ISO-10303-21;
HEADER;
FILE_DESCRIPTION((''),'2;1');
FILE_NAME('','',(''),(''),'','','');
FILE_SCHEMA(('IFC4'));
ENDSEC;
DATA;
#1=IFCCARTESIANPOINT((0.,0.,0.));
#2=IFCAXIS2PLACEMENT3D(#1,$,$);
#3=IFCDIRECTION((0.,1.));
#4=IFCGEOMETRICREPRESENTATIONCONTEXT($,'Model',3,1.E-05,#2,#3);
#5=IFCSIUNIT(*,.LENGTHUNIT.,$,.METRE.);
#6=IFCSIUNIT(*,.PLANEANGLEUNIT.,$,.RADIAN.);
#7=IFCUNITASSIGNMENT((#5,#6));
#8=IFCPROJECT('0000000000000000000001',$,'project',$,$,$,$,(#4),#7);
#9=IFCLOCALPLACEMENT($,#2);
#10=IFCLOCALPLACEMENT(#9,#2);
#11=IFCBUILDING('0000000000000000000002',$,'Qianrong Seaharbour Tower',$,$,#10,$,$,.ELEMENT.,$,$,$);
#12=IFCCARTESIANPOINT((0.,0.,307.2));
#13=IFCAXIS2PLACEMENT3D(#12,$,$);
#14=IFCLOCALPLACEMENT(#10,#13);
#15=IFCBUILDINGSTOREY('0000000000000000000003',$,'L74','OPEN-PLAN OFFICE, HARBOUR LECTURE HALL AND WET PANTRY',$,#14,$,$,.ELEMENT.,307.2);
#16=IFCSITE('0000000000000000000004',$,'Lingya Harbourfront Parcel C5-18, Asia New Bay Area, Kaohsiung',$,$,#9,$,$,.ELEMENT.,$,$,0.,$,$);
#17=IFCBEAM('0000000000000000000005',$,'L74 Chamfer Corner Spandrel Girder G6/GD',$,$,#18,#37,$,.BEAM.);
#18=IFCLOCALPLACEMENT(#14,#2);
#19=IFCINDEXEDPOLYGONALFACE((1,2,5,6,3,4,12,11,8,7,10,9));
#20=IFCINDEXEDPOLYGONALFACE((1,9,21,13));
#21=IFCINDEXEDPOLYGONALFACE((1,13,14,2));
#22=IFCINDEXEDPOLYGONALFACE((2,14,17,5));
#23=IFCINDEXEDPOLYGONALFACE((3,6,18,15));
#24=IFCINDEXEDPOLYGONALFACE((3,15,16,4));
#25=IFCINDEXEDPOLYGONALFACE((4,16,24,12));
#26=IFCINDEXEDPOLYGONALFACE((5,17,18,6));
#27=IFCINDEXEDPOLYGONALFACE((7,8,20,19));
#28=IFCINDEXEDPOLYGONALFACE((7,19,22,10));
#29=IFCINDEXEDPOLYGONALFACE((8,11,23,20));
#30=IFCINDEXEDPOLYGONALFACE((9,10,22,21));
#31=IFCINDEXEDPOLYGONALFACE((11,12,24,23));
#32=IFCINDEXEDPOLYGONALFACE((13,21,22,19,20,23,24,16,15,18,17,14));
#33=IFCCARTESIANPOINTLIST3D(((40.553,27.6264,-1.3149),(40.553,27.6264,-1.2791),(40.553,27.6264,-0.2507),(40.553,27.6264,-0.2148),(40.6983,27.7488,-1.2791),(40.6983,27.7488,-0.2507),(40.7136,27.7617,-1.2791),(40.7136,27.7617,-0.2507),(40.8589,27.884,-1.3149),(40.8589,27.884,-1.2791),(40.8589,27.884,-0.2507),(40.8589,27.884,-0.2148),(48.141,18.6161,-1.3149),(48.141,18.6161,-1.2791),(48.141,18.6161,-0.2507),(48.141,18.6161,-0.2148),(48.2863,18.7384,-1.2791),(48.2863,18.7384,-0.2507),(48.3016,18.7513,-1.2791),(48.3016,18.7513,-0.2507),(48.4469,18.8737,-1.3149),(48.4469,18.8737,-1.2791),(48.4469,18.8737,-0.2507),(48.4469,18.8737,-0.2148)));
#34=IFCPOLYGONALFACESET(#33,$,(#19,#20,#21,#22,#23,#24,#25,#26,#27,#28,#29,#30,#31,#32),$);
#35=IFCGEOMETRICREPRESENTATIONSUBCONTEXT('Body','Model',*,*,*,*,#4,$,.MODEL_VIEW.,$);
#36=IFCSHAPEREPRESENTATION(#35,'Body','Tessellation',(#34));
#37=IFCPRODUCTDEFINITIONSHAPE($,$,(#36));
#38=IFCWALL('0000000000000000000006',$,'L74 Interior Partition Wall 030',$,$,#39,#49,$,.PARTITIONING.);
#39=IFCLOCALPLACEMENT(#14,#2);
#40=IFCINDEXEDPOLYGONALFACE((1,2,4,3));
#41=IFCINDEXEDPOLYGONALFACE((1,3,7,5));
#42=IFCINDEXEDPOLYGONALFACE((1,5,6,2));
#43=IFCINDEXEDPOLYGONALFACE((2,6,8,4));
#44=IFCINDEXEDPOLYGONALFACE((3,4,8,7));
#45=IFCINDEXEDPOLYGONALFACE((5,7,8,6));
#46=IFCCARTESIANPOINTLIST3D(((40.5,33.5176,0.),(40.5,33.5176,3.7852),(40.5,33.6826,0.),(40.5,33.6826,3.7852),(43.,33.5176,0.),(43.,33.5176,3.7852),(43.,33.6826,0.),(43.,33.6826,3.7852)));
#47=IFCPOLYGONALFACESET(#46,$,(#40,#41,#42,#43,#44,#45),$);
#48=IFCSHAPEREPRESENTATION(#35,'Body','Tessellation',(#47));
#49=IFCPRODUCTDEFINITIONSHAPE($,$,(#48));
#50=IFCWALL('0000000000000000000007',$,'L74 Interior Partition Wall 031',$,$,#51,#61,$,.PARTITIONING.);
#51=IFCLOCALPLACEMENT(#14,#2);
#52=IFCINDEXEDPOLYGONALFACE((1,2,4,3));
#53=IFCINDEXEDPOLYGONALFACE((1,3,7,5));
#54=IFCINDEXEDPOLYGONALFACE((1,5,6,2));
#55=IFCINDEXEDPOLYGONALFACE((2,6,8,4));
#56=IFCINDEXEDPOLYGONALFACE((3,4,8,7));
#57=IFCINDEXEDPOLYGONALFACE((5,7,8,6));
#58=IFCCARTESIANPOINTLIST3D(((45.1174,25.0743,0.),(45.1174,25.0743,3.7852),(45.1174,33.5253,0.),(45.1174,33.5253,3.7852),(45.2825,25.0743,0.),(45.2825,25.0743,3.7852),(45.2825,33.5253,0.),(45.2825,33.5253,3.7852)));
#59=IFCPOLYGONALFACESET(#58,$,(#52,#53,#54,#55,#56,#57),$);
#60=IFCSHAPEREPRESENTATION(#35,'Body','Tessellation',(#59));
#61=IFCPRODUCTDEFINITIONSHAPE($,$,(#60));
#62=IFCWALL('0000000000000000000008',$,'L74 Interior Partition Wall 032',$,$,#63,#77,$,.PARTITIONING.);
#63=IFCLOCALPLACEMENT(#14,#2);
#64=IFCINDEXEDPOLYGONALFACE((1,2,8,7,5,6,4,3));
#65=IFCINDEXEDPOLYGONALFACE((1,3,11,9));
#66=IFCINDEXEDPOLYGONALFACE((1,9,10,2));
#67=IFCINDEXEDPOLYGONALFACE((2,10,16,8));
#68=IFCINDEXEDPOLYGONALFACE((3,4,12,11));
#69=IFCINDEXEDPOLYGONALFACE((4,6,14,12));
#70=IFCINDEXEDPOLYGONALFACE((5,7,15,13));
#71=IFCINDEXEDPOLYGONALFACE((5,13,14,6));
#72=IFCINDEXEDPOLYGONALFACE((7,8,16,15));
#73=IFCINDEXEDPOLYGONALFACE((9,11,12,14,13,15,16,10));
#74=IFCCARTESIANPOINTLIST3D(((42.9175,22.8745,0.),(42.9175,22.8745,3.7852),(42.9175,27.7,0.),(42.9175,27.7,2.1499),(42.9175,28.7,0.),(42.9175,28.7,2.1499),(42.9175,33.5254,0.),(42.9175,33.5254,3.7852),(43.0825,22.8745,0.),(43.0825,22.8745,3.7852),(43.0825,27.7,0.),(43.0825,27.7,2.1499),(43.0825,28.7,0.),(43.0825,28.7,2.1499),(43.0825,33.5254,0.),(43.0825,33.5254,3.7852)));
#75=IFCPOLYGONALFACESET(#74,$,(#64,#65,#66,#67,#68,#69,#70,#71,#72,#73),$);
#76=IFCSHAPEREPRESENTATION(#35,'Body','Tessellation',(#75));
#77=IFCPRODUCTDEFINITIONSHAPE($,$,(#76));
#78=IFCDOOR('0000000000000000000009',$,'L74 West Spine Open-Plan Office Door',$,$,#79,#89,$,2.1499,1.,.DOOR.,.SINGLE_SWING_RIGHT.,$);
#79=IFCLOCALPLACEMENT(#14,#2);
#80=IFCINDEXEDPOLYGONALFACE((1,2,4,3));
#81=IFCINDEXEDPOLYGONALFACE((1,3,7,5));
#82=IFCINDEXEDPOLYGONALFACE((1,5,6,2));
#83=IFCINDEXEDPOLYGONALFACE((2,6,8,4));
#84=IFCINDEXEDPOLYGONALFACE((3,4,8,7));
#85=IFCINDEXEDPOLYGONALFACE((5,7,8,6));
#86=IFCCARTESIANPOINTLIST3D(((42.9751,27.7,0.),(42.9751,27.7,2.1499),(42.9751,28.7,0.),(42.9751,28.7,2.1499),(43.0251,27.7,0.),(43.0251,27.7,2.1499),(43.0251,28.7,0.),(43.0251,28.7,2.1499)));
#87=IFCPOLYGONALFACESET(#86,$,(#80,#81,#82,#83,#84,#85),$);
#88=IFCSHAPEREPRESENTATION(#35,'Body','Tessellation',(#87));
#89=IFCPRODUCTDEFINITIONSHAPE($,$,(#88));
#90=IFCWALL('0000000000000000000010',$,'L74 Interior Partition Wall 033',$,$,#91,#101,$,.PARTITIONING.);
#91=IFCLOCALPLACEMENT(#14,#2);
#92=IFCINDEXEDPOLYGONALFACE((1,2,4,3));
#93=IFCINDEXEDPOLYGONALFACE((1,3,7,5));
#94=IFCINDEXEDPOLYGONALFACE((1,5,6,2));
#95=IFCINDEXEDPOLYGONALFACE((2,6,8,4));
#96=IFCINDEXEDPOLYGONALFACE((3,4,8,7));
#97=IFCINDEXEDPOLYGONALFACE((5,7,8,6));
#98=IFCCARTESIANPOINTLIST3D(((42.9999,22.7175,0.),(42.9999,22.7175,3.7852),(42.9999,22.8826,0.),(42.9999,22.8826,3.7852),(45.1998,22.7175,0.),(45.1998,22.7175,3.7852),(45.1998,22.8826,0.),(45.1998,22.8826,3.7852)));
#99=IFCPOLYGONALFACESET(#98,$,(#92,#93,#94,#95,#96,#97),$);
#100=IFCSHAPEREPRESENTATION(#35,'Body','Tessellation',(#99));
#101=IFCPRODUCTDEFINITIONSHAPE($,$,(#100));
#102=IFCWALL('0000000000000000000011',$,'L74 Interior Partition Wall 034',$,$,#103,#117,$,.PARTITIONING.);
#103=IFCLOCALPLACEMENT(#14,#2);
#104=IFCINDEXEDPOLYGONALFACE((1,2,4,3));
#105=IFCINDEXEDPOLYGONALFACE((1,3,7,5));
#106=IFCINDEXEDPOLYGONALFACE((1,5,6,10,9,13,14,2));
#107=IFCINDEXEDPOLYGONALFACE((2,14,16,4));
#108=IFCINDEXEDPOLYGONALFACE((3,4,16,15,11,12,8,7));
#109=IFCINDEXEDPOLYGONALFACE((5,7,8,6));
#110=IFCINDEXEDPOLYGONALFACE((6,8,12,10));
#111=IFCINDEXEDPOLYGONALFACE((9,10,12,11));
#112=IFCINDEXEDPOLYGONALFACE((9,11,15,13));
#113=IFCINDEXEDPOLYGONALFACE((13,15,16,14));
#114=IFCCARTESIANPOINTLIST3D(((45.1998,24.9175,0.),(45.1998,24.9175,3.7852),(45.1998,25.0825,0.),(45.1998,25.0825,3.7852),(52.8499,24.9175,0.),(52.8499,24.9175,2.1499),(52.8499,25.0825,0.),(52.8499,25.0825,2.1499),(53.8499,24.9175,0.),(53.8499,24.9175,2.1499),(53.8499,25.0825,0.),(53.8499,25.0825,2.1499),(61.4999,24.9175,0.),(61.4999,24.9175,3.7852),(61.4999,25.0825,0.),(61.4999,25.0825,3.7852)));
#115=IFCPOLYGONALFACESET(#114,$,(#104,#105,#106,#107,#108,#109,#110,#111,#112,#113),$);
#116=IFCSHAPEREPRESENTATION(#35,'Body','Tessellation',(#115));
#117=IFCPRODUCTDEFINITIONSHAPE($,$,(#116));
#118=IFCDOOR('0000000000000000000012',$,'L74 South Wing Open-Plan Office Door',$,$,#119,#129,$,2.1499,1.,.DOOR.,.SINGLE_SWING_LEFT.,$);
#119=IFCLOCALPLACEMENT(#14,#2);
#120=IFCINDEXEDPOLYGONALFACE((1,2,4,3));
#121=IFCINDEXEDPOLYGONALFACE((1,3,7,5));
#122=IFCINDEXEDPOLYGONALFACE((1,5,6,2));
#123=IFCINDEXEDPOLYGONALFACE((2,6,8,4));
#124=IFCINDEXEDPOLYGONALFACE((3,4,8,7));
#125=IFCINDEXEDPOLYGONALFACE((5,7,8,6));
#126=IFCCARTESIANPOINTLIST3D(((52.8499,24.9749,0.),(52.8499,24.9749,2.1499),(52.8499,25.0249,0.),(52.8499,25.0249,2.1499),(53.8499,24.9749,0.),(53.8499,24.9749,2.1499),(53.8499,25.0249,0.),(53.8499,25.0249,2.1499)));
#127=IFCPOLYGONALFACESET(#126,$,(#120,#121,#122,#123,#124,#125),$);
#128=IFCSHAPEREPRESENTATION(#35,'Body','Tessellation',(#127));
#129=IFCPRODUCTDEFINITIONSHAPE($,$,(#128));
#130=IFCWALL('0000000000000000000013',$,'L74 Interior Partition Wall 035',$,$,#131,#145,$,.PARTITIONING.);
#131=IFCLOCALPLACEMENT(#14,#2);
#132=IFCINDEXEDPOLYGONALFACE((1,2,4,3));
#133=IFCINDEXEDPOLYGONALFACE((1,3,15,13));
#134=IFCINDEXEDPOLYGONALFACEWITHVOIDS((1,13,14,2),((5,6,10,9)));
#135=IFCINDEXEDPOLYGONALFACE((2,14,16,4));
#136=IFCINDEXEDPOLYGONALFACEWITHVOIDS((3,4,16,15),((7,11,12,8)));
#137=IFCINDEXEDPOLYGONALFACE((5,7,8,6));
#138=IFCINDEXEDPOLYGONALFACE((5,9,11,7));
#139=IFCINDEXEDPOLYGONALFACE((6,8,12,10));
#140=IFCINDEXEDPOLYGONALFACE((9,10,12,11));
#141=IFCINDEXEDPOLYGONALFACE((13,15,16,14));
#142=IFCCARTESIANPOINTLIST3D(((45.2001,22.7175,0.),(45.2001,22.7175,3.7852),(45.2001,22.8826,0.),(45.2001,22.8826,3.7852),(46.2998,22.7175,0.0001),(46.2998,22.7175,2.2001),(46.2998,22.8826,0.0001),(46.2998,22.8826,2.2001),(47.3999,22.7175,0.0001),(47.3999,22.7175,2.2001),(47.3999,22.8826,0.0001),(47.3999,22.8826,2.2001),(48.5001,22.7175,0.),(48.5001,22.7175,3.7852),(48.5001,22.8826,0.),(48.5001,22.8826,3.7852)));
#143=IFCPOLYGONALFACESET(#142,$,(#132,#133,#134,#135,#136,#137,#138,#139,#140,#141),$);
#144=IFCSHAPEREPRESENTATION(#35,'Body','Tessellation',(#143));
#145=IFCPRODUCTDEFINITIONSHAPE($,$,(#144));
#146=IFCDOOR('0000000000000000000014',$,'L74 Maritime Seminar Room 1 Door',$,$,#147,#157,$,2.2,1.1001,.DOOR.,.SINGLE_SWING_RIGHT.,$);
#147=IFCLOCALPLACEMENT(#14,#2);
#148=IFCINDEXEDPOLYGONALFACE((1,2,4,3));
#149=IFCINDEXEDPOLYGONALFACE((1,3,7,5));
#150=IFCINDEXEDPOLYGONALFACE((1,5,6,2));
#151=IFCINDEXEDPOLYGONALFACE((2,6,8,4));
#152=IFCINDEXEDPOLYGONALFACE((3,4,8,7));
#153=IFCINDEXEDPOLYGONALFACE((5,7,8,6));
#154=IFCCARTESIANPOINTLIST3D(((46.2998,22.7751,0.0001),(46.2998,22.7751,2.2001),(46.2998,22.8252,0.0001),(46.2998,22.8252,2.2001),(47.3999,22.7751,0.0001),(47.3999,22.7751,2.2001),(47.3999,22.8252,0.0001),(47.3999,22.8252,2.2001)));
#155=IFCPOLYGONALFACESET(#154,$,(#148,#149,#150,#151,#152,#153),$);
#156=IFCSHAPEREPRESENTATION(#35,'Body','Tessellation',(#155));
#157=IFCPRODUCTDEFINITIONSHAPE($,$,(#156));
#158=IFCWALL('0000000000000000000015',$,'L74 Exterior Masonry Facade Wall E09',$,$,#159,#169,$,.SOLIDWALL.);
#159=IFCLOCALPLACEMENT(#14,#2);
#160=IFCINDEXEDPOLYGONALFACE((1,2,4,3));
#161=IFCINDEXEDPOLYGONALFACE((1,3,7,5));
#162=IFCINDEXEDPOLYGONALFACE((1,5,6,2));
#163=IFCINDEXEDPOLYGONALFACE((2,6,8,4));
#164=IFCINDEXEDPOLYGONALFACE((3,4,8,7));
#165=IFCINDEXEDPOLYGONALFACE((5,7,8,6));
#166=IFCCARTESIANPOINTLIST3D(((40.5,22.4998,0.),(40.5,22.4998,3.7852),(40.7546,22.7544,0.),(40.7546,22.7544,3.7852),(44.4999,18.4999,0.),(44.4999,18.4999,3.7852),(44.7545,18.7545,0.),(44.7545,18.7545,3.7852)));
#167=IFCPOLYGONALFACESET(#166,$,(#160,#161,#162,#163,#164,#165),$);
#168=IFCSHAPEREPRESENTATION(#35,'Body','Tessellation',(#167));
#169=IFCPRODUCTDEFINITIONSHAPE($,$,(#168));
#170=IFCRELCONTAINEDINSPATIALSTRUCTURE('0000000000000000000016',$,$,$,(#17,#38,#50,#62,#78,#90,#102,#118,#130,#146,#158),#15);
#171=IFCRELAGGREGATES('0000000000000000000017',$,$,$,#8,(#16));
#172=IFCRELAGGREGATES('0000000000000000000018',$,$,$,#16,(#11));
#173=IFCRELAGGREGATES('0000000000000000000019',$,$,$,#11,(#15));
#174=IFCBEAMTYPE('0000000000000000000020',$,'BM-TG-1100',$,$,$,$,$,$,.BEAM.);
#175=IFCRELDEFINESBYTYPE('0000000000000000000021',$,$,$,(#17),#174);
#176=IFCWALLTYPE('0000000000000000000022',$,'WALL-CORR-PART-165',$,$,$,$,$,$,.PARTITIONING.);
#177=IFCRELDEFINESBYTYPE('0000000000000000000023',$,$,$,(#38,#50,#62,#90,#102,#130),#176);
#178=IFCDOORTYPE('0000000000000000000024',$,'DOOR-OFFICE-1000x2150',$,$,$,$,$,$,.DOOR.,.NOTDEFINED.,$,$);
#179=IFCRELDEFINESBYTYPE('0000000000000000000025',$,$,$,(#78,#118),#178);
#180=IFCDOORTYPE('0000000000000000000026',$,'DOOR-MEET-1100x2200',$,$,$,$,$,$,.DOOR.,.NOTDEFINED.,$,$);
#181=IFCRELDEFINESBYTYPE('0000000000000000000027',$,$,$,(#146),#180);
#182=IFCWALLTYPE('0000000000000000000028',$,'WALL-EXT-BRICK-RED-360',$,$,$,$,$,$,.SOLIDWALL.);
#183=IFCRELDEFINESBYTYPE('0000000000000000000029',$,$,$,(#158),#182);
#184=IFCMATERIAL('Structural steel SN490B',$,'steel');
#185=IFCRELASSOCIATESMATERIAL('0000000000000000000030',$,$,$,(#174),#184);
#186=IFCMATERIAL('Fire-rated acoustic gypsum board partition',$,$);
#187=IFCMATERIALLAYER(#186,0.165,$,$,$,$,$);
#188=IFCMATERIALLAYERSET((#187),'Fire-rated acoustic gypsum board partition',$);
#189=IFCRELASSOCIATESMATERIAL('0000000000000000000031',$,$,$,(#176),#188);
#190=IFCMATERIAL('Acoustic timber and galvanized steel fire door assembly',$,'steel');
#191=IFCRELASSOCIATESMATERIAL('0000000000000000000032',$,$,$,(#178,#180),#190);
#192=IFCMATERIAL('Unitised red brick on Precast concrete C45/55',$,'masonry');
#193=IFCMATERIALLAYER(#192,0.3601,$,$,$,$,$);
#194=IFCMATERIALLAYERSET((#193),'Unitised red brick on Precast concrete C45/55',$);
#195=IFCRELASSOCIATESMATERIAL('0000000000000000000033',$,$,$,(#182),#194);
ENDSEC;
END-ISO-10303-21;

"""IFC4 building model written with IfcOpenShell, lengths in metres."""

from ifc_helpers import new_model, si_unit, direction, frame, frame_2d, origin, origin_2d, place, context, subcontext, project, spatial, rectangle, i_section, extrude, material, layer, layer_set, material_profile, profile_set, type_object, element, fill, save


model = new_model("IFC4")

# Units and contexts
model_context = context("Model", 3, precision=1e-05, world=origin(), true_north=direction((0.0, 1.0)))
body_context = subcontext(model_context, "Body", "Model", "MODEL_VIEW")
ifc_project = project(units=[si_unit("LENGTHUNIT", "METRE"), si_unit("PLANEANGLEUNIT", "RADIAN")], contexts=[model_context])

# Site, building, storey
site_placement = place(None, origin())
site = spatial("IfcSite", under=ifc_project, at=site_placement, Name="Lingya Harbourfront Parcel C5-18, Asia New Bay Area, Kaohsiung", CompositionType="ELEMENT", RefElevation=0.0)
building_placement = place(site_placement, origin())
building = spatial("IfcBuilding", under=site, at=building_placement, Name="Qianrong Seaharbour Tower", CompositionType="ELEMENT")
storey_placement = place(building_placement, frame((0.0, 0.0, 307.2)))
storey = spatial("IfcBuildingStorey", under=building, at=storey_placement, Name="L74", Description="OPEN-PLAN OFFICE, HARBOUR LECTURE HALL AND WET PANTRY", CompositionType="ELEMENT", Elevation=307.2)

# Beam
ifc_material_1 = material(Name="Structural steel SN490B", Category="steel")
ifc_material_profile_1 = material_profile(ifc_material_1, i_section(OverallWidth=0.3999, OverallDepth=1.1001, WebThickness=0.02, FlangeThickness=0.0359, at=origin_2d()), Name="BH1100x400x20x36")
ifc_profile_set_1 = profile_set([ifc_material_profile_1], Name="Structural steel SN490B")
beam_type_1 = type_object("IfcBeamType", Name="BM-TG-1100", PredefinedType="BEAM", material=ifc_profile_set_1)
beam_1_placement = place(storey_placement, frame((48.2939, 18.7449, -0.7649), z_axis=(-0.644151, 0.764898, 0.0), x_axis=(-0.764898, -0.644151, 0.0)))
element("IfcBeam", 1, at=beam_1_placement, inside=storey, type_object=beam_type_1, Name="L74 Chamfer Corner Spandrel Girder G6/GD", PredefinedType="BEAM", context=body_context, shape_type="SweptSolid", body=[
    extrude(i_section(OverallWidth=0.3999, OverallDepth=1.1001, WebThickness=0.02, FlangeThickness=0.0359, at=origin_2d()), origin(), (0.0, 0.0, 1.0), 11.7798),
])

# Shared definitions
ifc_material_2 = material(Name="Fire-rated acoustic gypsum board partition")
ifc_layer_1 = layer(ifc_material_2, 0.165)
ifc_layer_set_1 = layer_set([ifc_layer_1], Name="Fire-rated acoustic gypsum board partition")
wall_type_1 = type_object("IfcWallType", Name="WALL-CORR-PART-165", PredefinedType="PARTITIONING", material=ifc_layer_set_1)
ifc_material_3 = material(Name="Acoustic timber and galvanized steel fire door assembly", Category="steel")
door_type_1 = type_object("IfcDoorType", Name="DOOR-OFFICE-1000x2150", OperationType="NOTDEFINED", PredefinedType="DOOR", material=ifc_material_3)

# Walls
wall_1_placement = place(storey_placement, frame((43.0, 33.6001, 0.0), z_axis=(0.0, 0.0, 1.0), x_axis=(-1.0, 0.0, 0.0)))
element("IfcWall", 2, at=wall_1_placement, inside=storey, type_object=wall_type_1, Name="L74 Interior Partition Wall 030", PredefinedType="PARTITIONING", context=body_context, shape_type="SweptSolid", body=[
    extrude(rectangle(XDim=2.5, YDim=0.165, at=frame_2d((1.25, 0.0))), origin(), (0.0, 0.0, 1.0), 3.7852),
])
wall_2_placement = place(storey_placement, frame((45.2, 33.5254, 0.0), z_axis=(0.0, 0.0, 1.0), x_axis=(0.0, -1.0, 0.0)))
element("IfcWall", 3, at=wall_2_placement, inside=storey, type_object=wall_type_1, Name="L74 Interior Partition Wall 031", PredefinedType="PARTITIONING", context=body_context, shape_type="SweptSolid", body=[
    extrude(rectangle(XDim=8.4509, YDim=0.165, at=frame_2d((4.2256, 0.0))), origin(), (0.0, 0.0, 1.0), 3.7852),
])

# Wall, opening, door
wall_3_placement = place(storey_placement, frame((43.0, 22.8745, 0.0), z_axis=(0.0, 0.0, 1.0), x_axis=(0.0, 1.0, 0.0)))
wall_3 = element("IfcWall", 4, at=wall_3_placement, inside=storey, type_object=wall_type_1, Name="L74 Interior Partition Wall 032", PredefinedType="PARTITIONING", context=body_context, shape_type="SweptSolid", body=[
    extrude(rectangle(XDim=10.6509, YDim=0.165, at=frame_2d((5.3254, 0.0))), origin(), (0.0, 0.0, 1.0), 3.7852),
])
opening_1_placement = place(wall_3_placement, frame((4.8254, 0.0, 0.0)))
opening_1 = element("IfcOpeningElement", 5, at=opening_1_placement, cuts=wall_3, PredefinedType="OPENING", context=body_context, shape_type="SweptSolid", body=[
    extrude(rectangle(XDim=1.0, YDim=2.1499, at=frame_2d((0.5, 1.075))), frame((0.0, 0.0925, 0.0), z_axis=(0.0, -1.0, 0.0), x_axis=(1.0, 0.0, 0.0)), (0.0, 0.0, 1.0), 0.1851),
])
door_1_placement = place(opening_1_placement, origin())
door_1 = element("IfcDoor", 6, at=door_1_placement, inside=storey, type_object=door_type_1, Name="L74 West Spine Open-Plan Office Door", OperationType="SINGLE_SWING_RIGHT", OverallHeight=2.1499, OverallWidth=1.0, PredefinedType="DOOR", context=body_context, shape_type="SweptSolid", body=[
    extrude(rectangle(XDim=1.0, YDim=2.1499, at=frame_2d((0.5, 1.075))), frame((0.0, 0.0249, 0.0), z_axis=(0.0, -1.0, 0.0), x_axis=(1.0, 0.0, 0.0)), (0.0, 0.0, 1.0), 0.05),
])
fill(opening_1, door_1)

# Wall
wall_4_placement = place(storey_placement, frame((45.2, 22.8, 0.0), z_axis=(0.0, 0.0, 1.0), x_axis=(-1.0, 0.0, 0.0)))
element("IfcWall", 7, at=wall_4_placement, inside=storey, type_object=wall_type_1, Name="L74 Interior Partition Wall 033", PredefinedType="PARTITIONING", context=body_context, shape_type="SweptSolid", body=[
    extrude(rectangle(XDim=2.2, YDim=0.165, at=frame_2d((1.1001, 0.0))), origin(), (0.0, 0.0, 1.0), 3.7852),
])

# Walls, openings, doors
wall_5_placement = place(storey_placement, frame((45.2, 25.0, 0.0), z_axis=(0.0, 0.0, 1.0), x_axis=(1.0, 0.0, 0.0)))
wall_5 = element("IfcWall", 8, at=wall_5_placement, inside=storey, type_object=wall_type_1, Name="L74 Interior Partition Wall 034", PredefinedType="PARTITIONING", context=body_context, shape_type="SweptSolid", body=[
    extrude(rectangle(XDim=16.3, YDim=0.165, at=frame_2d((8.1499, 0.0))), origin(), (0.0, 0.0, 1.0), 3.7852),
])
opening_2_placement = place(wall_5_placement, frame((7.6499, 0.0, 0.0)))
opening_2 = element("IfcOpeningElement", 9, at=opening_2_placement, cuts=wall_5, PredefinedType="OPENING", context=body_context, shape_type="SweptSolid", body=[
    extrude(rectangle(XDim=1.0, YDim=2.1499, at=frame_2d((0.5, 1.075))), frame((0.0, 0.0925, 0.0), z_axis=(0.0, -1.0, 0.0), x_axis=(1.0, 0.0, 0.0)), (0.0, 0.0, 1.0), 0.1851),
])
door_2_placement = place(opening_2_placement, origin())
door_2 = element("IfcDoor", 10, at=door_2_placement, inside=storey, type_object=door_type_1, Name="L74 South Wing Open-Plan Office Door", OperationType="SINGLE_SWING_LEFT", OverallHeight=2.1499, OverallWidth=1.0, PredefinedType="DOOR", context=body_context, shape_type="SweptSolid", body=[
    extrude(rectangle(XDim=1.0, YDim=2.1499, at=frame_2d((0.5, 1.075))), frame((0.0, 0.0249, 0.0), z_axis=(0.0, -1.0, 0.0), x_axis=(1.0, 0.0, 0.0)), (0.0, 0.0, 1.0), 0.05),
])
fill(opening_2, door_2)
wall_6_placement = place(storey_placement, frame((48.5, 22.8, 0.0), z_axis=(0.0, 0.0, 1.0), x_axis=(-1.0, 0.0, 0.0)))
wall_6 = element("IfcWall", 11, at=wall_6_placement, inside=storey, type_object=wall_type_1, Name="L74 Interior Partition Wall 035", PredefinedType="PARTITIONING", context=body_context, shape_type="SweptSolid", body=[
    extrude(rectangle(XDim=3.3, YDim=0.165, at=frame_2d((1.6499, 0.0))), origin(), (0.0, 0.0, 1.0), 3.7852),
])
opening_3_placement = place(wall_6_placement, frame((1.1001, 0.0, 0.0)))
opening_3 = element("IfcOpeningElement", 12, at=opening_3_placement, cuts=wall_6, PredefinedType="OPENING", context=body_context, shape_type="SweptSolid", body=[
    extrude(rectangle(XDim=1.1001, YDim=2.2, at=frame_2d((0.55, 1.1001))), frame((0.0, 0.0925, 0.0), z_axis=(0.0, -1.0, 0.0), x_axis=(1.0, 0.0, 0.0)), (0.0, 0.0, 1.0), 0.1851),
])
door_type_2 = type_object("IfcDoorType", Name="DOOR-MEET-1100x2200", OperationType="NOTDEFINED", PredefinedType="DOOR", material=ifc_material_3)
door_3_placement = place(opening_3_placement, origin())
door_3 = element("IfcDoor", 13, at=door_3_placement, inside=storey, type_object=door_type_2, Name="L74 Maritime Seminar Room 1 Door", OperationType="SINGLE_SWING_RIGHT", OverallHeight=2.2, OverallWidth=1.1001, PredefinedType="DOOR", context=body_context, shape_type="SweptSolid", body=[
    extrude(rectangle(XDim=1.1001, YDim=2.2, at=frame_2d((0.55, 1.1001))), frame((0.0, 0.0249, 0.0), z_axis=(0.0, -1.0, 0.0), x_axis=(1.0, 0.0, 0.0)), (0.0, 0.0, 1.0), 0.05),
])
fill(opening_3, door_3)

# Wall
ifc_material_4 = material(Name="Unitised red brick on Precast concrete C45/55", Category="masonry")
ifc_layer_2 = layer(ifc_material_4, 0.3601)
ifc_layer_set_2 = layer_set([ifc_layer_2], Name="Unitised red brick on Precast concrete C45/55")
wall_type_2 = type_object("IfcWallType", Name="WALL-EXT-BRICK-RED-360", PredefinedType="SOLIDWALL", material=ifc_layer_set_2)
wall_7_placement = place(storey_placement, frame((44.6272, 18.6272, 0.0), z_axis=(0.0, 0.0, 1.0), x_axis=(-0.707107, 0.707107, 0.0)))
element("IfcWall", 14, at=wall_7_placement, inside=storey, type_object=wall_type_2, Name="L74 Exterior Masonry Facade Wall E09", PredefinedType="SOLIDWALL", context=body_context, shape_type="SweptSolid", body=[
    extrude(rectangle(XDim=5.6567, YDim=0.3601, at=frame_2d((2.8284, 0.0))), origin(), (0.0, 0.0, 1.0), 3.7852),
])

save(model, "model.ifc")
